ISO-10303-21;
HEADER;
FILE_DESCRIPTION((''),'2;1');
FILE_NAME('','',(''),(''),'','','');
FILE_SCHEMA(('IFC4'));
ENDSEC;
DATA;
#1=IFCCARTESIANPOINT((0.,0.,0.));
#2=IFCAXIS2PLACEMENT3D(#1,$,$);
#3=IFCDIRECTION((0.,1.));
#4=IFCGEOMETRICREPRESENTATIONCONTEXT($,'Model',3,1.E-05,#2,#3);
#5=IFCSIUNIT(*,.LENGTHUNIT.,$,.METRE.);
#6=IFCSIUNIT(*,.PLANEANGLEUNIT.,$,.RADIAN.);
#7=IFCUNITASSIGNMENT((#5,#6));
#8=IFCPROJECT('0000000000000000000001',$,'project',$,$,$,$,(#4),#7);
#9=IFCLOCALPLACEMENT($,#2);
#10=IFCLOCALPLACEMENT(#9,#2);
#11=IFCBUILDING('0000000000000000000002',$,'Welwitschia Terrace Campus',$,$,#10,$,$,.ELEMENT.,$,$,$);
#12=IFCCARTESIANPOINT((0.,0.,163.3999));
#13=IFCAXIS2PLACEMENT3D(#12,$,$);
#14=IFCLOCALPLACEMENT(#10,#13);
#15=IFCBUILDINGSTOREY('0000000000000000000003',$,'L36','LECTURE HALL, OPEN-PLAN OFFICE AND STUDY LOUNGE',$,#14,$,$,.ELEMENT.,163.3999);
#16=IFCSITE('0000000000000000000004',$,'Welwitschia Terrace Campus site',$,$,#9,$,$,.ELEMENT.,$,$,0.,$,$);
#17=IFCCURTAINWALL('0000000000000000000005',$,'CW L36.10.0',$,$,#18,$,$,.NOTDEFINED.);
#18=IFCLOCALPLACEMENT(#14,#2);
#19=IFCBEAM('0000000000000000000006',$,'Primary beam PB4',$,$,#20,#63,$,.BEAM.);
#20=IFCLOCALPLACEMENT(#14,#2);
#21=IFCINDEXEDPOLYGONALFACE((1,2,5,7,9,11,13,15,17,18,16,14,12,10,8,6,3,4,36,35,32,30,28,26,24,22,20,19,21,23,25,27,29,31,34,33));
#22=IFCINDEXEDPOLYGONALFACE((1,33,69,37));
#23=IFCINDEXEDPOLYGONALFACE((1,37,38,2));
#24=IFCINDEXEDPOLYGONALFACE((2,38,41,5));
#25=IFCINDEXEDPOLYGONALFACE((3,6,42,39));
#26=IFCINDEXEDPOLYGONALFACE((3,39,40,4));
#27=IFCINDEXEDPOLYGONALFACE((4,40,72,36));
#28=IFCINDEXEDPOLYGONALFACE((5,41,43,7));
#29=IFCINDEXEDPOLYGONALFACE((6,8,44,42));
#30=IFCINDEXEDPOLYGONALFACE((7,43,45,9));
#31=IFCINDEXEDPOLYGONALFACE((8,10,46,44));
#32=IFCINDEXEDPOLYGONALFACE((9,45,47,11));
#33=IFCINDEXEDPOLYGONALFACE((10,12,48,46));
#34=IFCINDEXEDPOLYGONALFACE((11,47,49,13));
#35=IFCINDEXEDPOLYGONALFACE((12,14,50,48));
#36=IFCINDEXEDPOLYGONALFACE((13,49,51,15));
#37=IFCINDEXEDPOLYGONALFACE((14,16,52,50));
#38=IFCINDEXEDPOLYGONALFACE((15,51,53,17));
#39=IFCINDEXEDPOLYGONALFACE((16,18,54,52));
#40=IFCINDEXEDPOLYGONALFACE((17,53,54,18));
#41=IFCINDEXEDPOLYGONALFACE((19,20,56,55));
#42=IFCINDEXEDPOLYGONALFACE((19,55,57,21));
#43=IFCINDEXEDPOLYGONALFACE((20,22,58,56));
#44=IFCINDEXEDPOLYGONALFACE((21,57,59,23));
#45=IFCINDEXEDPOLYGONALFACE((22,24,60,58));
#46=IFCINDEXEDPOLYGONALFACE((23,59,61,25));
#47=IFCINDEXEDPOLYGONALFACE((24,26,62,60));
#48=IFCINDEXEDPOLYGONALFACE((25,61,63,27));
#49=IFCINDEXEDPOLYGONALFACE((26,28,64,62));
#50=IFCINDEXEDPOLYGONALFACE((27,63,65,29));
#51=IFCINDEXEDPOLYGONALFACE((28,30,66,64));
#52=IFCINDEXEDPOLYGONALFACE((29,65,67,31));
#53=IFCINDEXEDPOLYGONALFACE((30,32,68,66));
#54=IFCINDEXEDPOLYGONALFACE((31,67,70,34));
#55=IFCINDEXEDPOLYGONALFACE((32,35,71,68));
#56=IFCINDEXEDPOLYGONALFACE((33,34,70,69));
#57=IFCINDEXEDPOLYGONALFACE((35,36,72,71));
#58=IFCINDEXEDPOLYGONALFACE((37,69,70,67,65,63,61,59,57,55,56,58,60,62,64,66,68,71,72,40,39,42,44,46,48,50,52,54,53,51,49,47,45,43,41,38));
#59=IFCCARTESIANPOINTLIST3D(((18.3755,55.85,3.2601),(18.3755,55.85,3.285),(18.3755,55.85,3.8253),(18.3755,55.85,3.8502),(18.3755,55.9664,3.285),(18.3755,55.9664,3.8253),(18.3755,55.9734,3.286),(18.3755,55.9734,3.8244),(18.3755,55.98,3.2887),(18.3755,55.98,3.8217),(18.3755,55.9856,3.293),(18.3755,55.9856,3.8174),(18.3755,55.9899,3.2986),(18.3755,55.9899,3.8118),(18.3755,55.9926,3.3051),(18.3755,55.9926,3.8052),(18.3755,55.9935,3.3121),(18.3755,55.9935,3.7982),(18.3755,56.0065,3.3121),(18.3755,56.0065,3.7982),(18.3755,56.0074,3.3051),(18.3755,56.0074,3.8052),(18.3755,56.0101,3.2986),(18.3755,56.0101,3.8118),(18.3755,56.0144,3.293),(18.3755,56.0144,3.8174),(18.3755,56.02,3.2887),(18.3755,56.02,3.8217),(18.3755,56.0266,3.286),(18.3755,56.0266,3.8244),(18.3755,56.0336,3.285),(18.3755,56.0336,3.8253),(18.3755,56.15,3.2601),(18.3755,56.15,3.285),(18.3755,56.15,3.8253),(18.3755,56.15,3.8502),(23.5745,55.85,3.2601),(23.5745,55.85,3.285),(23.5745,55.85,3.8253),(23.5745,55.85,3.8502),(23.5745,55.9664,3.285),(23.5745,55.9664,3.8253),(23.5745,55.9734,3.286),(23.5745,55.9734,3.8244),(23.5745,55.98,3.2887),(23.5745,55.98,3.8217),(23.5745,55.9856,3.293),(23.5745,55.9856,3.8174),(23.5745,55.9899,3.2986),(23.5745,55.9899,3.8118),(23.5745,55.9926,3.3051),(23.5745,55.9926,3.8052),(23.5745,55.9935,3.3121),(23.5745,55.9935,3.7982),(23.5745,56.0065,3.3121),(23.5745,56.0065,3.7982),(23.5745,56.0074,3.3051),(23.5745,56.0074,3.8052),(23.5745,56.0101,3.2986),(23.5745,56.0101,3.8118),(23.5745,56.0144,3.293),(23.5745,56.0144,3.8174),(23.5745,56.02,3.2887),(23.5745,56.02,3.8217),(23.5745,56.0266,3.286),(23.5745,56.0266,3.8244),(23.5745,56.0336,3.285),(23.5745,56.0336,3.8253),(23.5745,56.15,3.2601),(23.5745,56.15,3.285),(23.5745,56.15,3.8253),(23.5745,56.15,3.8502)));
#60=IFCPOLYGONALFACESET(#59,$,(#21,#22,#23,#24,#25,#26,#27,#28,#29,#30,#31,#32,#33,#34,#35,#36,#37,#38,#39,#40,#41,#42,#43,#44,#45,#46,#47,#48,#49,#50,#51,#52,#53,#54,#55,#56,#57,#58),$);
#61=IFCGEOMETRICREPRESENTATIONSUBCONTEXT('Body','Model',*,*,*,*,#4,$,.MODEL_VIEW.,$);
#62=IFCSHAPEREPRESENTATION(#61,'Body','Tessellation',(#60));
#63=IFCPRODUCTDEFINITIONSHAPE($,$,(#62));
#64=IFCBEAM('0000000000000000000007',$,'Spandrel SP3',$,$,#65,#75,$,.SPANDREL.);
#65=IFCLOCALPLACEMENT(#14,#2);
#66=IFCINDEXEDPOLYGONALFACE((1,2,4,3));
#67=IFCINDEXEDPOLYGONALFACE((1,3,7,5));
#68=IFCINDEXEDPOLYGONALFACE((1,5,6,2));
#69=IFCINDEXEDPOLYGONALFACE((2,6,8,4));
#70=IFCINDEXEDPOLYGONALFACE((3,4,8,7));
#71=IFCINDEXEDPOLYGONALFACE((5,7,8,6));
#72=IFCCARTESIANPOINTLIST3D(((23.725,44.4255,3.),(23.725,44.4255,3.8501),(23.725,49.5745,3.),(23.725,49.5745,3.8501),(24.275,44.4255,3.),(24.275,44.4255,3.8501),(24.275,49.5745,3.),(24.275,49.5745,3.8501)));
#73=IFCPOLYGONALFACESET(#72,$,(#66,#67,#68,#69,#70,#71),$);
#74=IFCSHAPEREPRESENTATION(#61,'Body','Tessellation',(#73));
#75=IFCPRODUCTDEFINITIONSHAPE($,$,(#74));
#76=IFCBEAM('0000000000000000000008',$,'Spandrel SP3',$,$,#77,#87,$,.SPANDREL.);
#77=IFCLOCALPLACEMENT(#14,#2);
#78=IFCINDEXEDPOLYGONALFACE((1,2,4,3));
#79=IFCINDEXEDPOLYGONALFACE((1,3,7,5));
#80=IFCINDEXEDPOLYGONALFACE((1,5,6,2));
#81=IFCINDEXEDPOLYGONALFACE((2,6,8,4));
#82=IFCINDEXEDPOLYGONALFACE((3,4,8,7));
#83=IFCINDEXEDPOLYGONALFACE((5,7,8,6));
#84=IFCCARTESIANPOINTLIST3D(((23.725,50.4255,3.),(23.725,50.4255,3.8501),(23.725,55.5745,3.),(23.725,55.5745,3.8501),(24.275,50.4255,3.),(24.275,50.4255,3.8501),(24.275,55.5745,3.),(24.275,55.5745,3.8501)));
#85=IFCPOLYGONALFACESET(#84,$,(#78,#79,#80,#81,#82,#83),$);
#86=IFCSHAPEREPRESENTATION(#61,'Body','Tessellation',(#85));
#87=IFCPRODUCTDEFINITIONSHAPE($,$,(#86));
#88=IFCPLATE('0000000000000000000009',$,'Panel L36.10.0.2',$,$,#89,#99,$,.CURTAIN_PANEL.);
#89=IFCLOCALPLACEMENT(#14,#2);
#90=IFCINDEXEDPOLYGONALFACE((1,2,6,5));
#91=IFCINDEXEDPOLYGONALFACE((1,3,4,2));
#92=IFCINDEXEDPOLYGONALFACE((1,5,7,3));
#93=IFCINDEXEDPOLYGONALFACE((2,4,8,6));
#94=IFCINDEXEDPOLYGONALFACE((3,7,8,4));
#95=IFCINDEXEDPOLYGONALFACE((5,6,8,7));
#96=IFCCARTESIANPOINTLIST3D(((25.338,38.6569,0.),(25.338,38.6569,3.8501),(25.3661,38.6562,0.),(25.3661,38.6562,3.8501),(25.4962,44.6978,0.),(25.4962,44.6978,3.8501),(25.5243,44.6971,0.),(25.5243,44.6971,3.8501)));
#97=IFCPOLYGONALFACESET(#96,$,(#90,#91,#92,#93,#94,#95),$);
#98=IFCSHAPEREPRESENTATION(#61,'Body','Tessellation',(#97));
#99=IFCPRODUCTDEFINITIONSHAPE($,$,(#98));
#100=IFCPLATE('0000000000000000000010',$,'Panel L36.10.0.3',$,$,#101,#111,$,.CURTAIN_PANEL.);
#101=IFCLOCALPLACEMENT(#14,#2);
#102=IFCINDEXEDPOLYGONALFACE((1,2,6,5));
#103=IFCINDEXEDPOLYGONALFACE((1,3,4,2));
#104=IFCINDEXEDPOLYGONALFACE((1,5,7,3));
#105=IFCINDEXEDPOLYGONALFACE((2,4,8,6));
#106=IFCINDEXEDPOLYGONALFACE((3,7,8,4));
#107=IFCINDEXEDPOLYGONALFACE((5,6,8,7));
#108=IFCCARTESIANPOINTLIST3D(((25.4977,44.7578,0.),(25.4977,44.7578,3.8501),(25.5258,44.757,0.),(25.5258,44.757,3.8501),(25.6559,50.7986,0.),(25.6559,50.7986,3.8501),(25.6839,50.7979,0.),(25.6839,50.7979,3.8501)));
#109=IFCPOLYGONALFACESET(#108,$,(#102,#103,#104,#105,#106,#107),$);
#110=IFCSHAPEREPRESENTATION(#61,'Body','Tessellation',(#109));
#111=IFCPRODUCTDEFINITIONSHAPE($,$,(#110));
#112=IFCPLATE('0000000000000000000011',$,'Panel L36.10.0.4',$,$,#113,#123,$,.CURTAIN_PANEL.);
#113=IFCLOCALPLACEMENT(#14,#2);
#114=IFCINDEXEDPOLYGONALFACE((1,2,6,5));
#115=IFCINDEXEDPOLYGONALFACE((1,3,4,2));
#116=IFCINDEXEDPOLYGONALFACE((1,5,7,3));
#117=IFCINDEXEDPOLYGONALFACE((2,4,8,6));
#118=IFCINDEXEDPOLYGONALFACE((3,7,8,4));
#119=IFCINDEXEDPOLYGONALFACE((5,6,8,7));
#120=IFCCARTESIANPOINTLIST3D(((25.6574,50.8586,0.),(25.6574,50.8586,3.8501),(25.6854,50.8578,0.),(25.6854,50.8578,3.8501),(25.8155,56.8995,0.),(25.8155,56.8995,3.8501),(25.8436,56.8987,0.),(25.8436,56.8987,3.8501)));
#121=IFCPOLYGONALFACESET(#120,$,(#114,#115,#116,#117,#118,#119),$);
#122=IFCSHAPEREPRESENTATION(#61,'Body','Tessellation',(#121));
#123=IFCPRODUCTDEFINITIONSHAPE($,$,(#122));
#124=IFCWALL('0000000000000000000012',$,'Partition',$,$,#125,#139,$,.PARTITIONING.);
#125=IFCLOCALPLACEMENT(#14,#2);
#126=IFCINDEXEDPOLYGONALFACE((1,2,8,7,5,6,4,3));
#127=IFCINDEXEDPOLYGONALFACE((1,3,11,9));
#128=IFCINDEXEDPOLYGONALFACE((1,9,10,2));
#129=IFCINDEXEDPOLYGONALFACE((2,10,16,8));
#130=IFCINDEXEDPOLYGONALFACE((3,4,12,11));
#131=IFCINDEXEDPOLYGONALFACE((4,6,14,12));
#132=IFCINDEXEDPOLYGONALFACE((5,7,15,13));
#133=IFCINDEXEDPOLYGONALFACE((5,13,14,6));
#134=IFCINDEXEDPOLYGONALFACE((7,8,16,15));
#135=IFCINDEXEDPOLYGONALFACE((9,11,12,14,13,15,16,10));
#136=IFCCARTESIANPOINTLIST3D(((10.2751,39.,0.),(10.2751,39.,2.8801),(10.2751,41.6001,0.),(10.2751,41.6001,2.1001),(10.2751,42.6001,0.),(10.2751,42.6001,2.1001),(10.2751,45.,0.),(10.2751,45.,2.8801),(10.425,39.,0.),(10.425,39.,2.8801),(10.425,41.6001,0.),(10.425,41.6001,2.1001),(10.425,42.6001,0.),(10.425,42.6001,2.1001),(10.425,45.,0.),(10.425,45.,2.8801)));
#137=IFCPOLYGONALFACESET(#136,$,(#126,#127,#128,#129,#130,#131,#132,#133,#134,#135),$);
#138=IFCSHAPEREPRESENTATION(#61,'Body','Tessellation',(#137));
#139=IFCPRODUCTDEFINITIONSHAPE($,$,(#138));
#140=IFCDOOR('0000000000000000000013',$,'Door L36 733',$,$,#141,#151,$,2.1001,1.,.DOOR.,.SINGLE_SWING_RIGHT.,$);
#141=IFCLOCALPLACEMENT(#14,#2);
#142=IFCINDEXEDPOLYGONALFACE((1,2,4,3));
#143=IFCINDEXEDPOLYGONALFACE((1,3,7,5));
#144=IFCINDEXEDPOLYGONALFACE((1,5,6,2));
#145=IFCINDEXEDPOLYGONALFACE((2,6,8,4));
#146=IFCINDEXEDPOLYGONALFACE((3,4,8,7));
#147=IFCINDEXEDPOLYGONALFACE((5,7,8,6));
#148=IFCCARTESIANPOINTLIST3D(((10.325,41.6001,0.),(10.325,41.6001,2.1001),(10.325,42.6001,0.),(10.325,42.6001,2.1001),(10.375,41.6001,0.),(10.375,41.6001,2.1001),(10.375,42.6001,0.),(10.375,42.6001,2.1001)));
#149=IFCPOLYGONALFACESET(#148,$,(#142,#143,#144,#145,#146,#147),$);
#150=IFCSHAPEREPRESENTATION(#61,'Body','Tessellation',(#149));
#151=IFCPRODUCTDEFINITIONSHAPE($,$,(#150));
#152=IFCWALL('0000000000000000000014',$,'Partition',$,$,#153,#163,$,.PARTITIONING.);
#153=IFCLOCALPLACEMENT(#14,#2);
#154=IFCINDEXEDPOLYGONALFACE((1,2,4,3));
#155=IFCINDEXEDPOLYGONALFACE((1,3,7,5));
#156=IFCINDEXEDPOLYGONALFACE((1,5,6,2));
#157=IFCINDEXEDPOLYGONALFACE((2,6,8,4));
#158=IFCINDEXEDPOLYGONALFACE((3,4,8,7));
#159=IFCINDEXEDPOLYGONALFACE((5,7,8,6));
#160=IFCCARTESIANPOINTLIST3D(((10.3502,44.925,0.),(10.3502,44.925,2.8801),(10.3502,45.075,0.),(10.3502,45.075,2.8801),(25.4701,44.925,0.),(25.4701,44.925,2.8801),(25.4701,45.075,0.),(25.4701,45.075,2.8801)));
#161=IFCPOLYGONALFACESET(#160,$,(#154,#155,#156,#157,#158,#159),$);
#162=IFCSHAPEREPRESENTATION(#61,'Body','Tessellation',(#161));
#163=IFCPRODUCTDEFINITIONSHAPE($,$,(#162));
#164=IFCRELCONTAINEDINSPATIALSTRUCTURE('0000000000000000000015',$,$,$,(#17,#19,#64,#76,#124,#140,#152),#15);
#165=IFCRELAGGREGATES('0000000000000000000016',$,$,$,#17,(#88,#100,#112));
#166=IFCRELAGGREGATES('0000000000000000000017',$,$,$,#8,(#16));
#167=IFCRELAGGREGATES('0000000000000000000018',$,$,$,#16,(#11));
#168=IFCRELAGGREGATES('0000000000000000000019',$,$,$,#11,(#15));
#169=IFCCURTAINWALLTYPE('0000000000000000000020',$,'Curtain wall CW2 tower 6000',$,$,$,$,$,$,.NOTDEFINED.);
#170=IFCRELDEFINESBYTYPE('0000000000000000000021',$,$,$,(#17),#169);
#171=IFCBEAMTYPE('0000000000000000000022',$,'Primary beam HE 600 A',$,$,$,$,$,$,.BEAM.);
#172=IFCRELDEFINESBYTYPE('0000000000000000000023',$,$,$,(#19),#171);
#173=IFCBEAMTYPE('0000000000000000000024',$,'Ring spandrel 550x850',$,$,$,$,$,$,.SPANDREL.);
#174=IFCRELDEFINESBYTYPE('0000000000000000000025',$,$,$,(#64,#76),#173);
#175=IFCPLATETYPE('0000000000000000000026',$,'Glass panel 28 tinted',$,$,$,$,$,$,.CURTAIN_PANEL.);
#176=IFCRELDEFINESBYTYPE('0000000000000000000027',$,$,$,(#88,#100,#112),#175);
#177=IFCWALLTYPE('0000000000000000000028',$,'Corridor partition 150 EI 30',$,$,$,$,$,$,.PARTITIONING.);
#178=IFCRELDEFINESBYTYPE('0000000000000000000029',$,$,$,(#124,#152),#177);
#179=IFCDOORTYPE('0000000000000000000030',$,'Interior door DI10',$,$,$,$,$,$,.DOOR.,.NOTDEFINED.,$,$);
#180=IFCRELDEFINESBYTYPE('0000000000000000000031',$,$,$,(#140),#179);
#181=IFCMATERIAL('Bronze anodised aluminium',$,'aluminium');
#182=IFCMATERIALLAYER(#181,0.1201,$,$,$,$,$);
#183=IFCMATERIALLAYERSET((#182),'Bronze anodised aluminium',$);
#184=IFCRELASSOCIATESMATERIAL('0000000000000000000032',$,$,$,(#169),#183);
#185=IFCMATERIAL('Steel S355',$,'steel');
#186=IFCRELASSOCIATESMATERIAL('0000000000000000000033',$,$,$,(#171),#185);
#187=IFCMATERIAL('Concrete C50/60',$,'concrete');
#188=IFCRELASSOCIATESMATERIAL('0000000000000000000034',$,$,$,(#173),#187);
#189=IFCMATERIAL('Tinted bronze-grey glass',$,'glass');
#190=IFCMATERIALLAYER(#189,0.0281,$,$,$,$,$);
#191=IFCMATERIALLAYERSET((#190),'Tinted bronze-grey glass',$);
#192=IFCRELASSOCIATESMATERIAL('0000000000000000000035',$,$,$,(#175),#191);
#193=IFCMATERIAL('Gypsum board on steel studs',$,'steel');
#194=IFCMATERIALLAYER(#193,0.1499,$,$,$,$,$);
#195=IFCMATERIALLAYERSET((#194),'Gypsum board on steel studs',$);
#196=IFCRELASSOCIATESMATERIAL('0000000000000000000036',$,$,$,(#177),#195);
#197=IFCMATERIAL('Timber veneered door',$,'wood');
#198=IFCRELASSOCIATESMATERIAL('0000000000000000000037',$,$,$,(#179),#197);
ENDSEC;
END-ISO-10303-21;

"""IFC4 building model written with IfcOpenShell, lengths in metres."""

from ifc_helpers import new_model, si_unit, direction, frame, frame_2d, origin, origin_2d, place, context, subcontext, project, spatial, rectangle, i_section, extrude, material, layer, layer_set, material_profile, profile_set, type_object, element, fill, aggregate, save


model = new_model("IFC4")

# Units and contexts
model_context = context("Model", 3, precision=1e-05, world=origin(), true_north=direction((0.0, 1.0)))
body_context = subcontext(model_context, "Body", "Model", "MODEL_VIEW")
ifc_project = project(units=[si_unit("LENGTHUNIT", "METRE"), si_unit("PLANEANGLEUNIT", "RADIAN")], contexts=[model_context])

# Site, building, storey
site_placement = place(None, origin())
site = spatial("IfcSite", under=ifc_project, at=site_placement, Name="Welwitschia Terrace Campus site", CompositionType="ELEMENT", RefElevation=0.0)
building_placement = place(site_placement, origin())
building = spatial("IfcBuilding", under=site, at=building_placement, Name="Welwitschia Terrace Campus", CompositionType="ELEMENT")
storey_placement = place(building_placement, frame((0.0, 0.0, 163.3999)))
storey = spatial("IfcBuildingStorey", under=building, at=storey_placement, Name="L36", Description="LECTURE HALL, OPEN-PLAN OFFICE AND STUDY LOUNGE", CompositionType="ELEMENT", Elevation=163.3999)

# Curtain wall
ifc_material_1 = material(Name="Bronze anodised aluminium", Category="aluminium")
ifc_layer_1 = layer(ifc_material_1, 0.1201)
ifc_layer_set_1 = layer_set([ifc_layer_1], Name="Bronze anodised aluminium")
curtain_wall_type = type_object("IfcCurtainWallType", Name="Curtain wall CW2 tower 6000", PredefinedType="NOTDEFINED", material=ifc_layer_set_1)
curtain_wall_placement = place(storey_placement, origin())
curtain_wall = element("IfcCurtainWall", 1, at=curtain_wall_placement, inside=storey, type_object=curtain_wall_type, Name="CW L36.10.0", PredefinedType="NOTDEFINED")

# Beams
ifc_material_2 = material(Name="Steel S355", Category="steel")
ifc_material_profile_1 = material_profile(ifc_material_2, i_section(OverallWidth=0.3, OverallDepth=0.5901, WebThickness=0.0129, FlangeThickness=0.0249, FilletRadius=0.0271, at=origin_2d()))
ifc_profile_set_1 = profile_set([ifc_material_profile_1], Name="Steel S355")
beam_type_1 = type_object("IfcBeamType", Name="Primary beam HE 600 A", PredefinedType="BEAM", material=ifc_profile_set_1)
for number, where, z_axis, x_axis, name in (
    (2, (23.5745, 56.0, 3.5552), (-1.0, 0.0, 0.0), (0.0, -1.0, 0.0), "Primary beam PB4"),
):
    element("IfcBeam", number, at=place(storey_placement, frame(where, z_axis=z_axis, x_axis=x_axis)), inside=storey, type_object=beam_type_1, Name=name, PredefinedType="BEAM", context=body_context, shape_type="SweptSolid", body=[
        extrude(i_section(OverallWidth=0.3, OverallDepth=0.5901, WebThickness=0.0129, FlangeThickness=0.0249, FilletRadius=0.0271, at=origin_2d()), origin(), (0.0, 0.0, 1.0), 5.199),
    ])
ifc_material_3 = material(Name="Concrete C50/60", Category="concrete")
ifc_material_profile_2 = material_profile(ifc_material_3, rectangle(XDim=0.55, YDim=0.8501, at=origin_2d()))
ifc_profile_set_2 = profile_set([ifc_material_profile_2], Name="Concrete C50/60")
beam_type_2 = type_object("IfcBeamType", Name="Ring spandrel 550x850", PredefinedType="SPANDREL", material=ifc_profile_set_2)
for number, where, z_axis, x_axis, name in (
    (3, (24.0, 44.4255, 3.425), (0.0, 1.0, 0.0), (-1.0, 0.0, 0.0), "Spandrel SP3"),
    (4, (24.0, 50.4255, 3.425), (0.0, 1.0, 0.0), (-1.0, 0.0, 0.0), "Spandrel SP3"),
):
    element("IfcBeam", number, at=place(storey_placement, frame(where, z_axis=z_axis, x_axis=x_axis)), inside=storey, type_object=beam_type_2, Name=name, PredefinedType="SPANDREL", context=body_context, shape_type="SweptSolid", body=[
        extrude(rectangle(XDim=0.55, YDim=0.8501, at=origin_2d()), origin(), (0.0, 0.0, 1.0), 5.1489),
    ])

# Plates
ifc_material_4 = material(Name="Tinted bronze-grey glass", Category="glass")
ifc_layer_2 = layer(ifc_material_4, 0.0281)
ifc_layer_set_2 = layer_set([ifc_layer_2], Name="Tinted bronze-grey glass")
plate_type = type_object("IfcPlateType", Name="Glass panel 28 tinted", PredefinedType="CURTAIN_PANEL", material=ifc_layer_set_2)
plate_1_placement = place(storey_placement, frame((25.4312, 41.677, 0.0), z_axis=(0.0, 0.0, 1.0), x_axis=(0.026177, 0.999657, 0.0)))
plate_1 = element("IfcPlate", 5, at=plate_1_placement, type_object=plate_type, Name="Panel L36.10.0.2", PredefinedType="CURTAIN_PANEL", context=body_context, shape_type="SweptSolid", body=[
    extrude(rectangle(XDim=6.043, YDim=0.0281, at=origin_2d()), origin(), (0.0, 0.0, 1.0), 3.8501),
])
plate_2_placement = place(storey_placement, frame((25.5908, 47.7778, 0.0), z_axis=(0.0, 0.0, 1.0), x_axis=(0.026177, 0.999657, 0.0)))
plate_2 = element("IfcPlate", 6, at=plate_2_placement, type_object=plate_type, Name="Panel L36.10.0.3", PredefinedType="CURTAIN_PANEL", context=body_context, shape_type="SweptSolid", body=[
    extrude(rectangle(XDim=6.043, YDim=0.0281, at=origin_2d()), origin(), (0.0, 0.0, 1.0), 3.8501),
])
plate_3_placement = place(storey_placement, frame((25.7505, 53.8787, 0.0), z_axis=(0.0, 0.0, 1.0), x_axis=(0.026177, 0.999657, 0.0)))
plate_3 = element("IfcPlate", 7, at=plate_3_placement, type_object=plate_type, Name="Panel L36.10.0.4", PredefinedType="CURTAIN_PANEL", context=body_context, shape_type="SweptSolid", body=[
    extrude(rectangle(XDim=6.043, YDim=0.0281, at=origin_2d()), origin(), (0.0, 0.0, 1.0), 3.8501),
])
aggregate(curtain_wall, [plate_1, plate_2, plate_3])

# Wall, opening, door
ifc_material_5 = material(Name="Gypsum board on steel studs", Category="steel")
ifc_layer_3 = layer(ifc_material_5, 0.1499)
ifc_layer_set_3 = layer_set([ifc_layer_3], Name="Gypsum board on steel studs")
wall_type = type_object("IfcWallType", Name="Corridor partition 150 EI 30", PredefinedType="PARTITIONING", material=ifc_layer_set_3)
wall_1_placement = place(storey_placement, frame((10.3501, 45.0, 0.0), z_axis=(0.0, 0.0, 1.0), x_axis=(0.0, -1.0, 0.0)))
wall_1 = element("IfcWall", 8, at=wall_1_placement, inside=storey, type_object=wall_type, Name="Partition", PredefinedType="PARTITIONING", context=body_context, shape_type="SweptSolid", body=[
    extrude(rectangle(XDim=6.0, YDim=0.1499, at=frame_2d((3.0, 0.0))), origin(), (0.0, 0.0, 1.0), 2.8801),
])
opening_1_placement = place(wall_1_placement, frame((2.3999, 0.0, 0.0)))
opening_1 = element("IfcOpeningElement", 9, at=opening_1_placement, cuts=wall_1, PredefinedType="OPENING", context=body_context, shape_type="SweptSolid", body=[
    extrude(rectangle(XDim=1.0, YDim=2.1001, at=frame_2d((0.5, 1.05))), frame((0.0, 0.085, 0.0), z_axis=(0.0, -1.0, 0.0), x_axis=(1.0, 0.0, 0.0)), (0.0, 0.0, 1.0), 0.1699),
])
ifc_material_6 = material(Name="Timber veneered door", Category="wood")
door_type = type_object("IfcDoorType", Name="Interior door DI10", OperationType="NOTDEFINED", PredefinedType="DOOR", material=ifc_material_6)
door_1_placement = place(opening_1_placement, origin())
door_1 = element("IfcDoor", 10, at=door_1_placement, inside=storey, type_object=door_type, Name="Door L36 733", OperationType="SINGLE_SWING_RIGHT", OverallHeight=2.1001, OverallWidth=1.0, PredefinedType="DOOR", context=body_context, shape_type="SweptSolid", body=[
    extrude(rectangle(XDim=1.0, YDim=2.1001, at=frame_2d((0.5, 1.05))), frame((0.0, 0.0249, 0.0), z_axis=(0.0, -1.0, 0.0), x_axis=(1.0, 0.0, 0.0)), (0.0, 0.0, 1.0), 0.05),
])
fill(opening_1, door_1)

# Wall
wall_2_placement = place(storey_placement, frame((10.3501, 45.0, 0.0), z_axis=(0.0, 0.0, 1.0), x_axis=(1.0, 0.0, 0.0)))
element("IfcWall", 11, at=wall_2_placement, inside=storey, type_object=wall_type, Name="Partition", PredefinedType="PARTITIONING", context=body_context, shape_type="SweptSolid", body=[
    extrude(rectangle(XDim=15.1199, YDim=0.1499, at=frame_2d((7.5601, 0.0))), origin(), (0.0, 0.0, 1.0), 2.8801),
])

save(model, "model.ifc")
